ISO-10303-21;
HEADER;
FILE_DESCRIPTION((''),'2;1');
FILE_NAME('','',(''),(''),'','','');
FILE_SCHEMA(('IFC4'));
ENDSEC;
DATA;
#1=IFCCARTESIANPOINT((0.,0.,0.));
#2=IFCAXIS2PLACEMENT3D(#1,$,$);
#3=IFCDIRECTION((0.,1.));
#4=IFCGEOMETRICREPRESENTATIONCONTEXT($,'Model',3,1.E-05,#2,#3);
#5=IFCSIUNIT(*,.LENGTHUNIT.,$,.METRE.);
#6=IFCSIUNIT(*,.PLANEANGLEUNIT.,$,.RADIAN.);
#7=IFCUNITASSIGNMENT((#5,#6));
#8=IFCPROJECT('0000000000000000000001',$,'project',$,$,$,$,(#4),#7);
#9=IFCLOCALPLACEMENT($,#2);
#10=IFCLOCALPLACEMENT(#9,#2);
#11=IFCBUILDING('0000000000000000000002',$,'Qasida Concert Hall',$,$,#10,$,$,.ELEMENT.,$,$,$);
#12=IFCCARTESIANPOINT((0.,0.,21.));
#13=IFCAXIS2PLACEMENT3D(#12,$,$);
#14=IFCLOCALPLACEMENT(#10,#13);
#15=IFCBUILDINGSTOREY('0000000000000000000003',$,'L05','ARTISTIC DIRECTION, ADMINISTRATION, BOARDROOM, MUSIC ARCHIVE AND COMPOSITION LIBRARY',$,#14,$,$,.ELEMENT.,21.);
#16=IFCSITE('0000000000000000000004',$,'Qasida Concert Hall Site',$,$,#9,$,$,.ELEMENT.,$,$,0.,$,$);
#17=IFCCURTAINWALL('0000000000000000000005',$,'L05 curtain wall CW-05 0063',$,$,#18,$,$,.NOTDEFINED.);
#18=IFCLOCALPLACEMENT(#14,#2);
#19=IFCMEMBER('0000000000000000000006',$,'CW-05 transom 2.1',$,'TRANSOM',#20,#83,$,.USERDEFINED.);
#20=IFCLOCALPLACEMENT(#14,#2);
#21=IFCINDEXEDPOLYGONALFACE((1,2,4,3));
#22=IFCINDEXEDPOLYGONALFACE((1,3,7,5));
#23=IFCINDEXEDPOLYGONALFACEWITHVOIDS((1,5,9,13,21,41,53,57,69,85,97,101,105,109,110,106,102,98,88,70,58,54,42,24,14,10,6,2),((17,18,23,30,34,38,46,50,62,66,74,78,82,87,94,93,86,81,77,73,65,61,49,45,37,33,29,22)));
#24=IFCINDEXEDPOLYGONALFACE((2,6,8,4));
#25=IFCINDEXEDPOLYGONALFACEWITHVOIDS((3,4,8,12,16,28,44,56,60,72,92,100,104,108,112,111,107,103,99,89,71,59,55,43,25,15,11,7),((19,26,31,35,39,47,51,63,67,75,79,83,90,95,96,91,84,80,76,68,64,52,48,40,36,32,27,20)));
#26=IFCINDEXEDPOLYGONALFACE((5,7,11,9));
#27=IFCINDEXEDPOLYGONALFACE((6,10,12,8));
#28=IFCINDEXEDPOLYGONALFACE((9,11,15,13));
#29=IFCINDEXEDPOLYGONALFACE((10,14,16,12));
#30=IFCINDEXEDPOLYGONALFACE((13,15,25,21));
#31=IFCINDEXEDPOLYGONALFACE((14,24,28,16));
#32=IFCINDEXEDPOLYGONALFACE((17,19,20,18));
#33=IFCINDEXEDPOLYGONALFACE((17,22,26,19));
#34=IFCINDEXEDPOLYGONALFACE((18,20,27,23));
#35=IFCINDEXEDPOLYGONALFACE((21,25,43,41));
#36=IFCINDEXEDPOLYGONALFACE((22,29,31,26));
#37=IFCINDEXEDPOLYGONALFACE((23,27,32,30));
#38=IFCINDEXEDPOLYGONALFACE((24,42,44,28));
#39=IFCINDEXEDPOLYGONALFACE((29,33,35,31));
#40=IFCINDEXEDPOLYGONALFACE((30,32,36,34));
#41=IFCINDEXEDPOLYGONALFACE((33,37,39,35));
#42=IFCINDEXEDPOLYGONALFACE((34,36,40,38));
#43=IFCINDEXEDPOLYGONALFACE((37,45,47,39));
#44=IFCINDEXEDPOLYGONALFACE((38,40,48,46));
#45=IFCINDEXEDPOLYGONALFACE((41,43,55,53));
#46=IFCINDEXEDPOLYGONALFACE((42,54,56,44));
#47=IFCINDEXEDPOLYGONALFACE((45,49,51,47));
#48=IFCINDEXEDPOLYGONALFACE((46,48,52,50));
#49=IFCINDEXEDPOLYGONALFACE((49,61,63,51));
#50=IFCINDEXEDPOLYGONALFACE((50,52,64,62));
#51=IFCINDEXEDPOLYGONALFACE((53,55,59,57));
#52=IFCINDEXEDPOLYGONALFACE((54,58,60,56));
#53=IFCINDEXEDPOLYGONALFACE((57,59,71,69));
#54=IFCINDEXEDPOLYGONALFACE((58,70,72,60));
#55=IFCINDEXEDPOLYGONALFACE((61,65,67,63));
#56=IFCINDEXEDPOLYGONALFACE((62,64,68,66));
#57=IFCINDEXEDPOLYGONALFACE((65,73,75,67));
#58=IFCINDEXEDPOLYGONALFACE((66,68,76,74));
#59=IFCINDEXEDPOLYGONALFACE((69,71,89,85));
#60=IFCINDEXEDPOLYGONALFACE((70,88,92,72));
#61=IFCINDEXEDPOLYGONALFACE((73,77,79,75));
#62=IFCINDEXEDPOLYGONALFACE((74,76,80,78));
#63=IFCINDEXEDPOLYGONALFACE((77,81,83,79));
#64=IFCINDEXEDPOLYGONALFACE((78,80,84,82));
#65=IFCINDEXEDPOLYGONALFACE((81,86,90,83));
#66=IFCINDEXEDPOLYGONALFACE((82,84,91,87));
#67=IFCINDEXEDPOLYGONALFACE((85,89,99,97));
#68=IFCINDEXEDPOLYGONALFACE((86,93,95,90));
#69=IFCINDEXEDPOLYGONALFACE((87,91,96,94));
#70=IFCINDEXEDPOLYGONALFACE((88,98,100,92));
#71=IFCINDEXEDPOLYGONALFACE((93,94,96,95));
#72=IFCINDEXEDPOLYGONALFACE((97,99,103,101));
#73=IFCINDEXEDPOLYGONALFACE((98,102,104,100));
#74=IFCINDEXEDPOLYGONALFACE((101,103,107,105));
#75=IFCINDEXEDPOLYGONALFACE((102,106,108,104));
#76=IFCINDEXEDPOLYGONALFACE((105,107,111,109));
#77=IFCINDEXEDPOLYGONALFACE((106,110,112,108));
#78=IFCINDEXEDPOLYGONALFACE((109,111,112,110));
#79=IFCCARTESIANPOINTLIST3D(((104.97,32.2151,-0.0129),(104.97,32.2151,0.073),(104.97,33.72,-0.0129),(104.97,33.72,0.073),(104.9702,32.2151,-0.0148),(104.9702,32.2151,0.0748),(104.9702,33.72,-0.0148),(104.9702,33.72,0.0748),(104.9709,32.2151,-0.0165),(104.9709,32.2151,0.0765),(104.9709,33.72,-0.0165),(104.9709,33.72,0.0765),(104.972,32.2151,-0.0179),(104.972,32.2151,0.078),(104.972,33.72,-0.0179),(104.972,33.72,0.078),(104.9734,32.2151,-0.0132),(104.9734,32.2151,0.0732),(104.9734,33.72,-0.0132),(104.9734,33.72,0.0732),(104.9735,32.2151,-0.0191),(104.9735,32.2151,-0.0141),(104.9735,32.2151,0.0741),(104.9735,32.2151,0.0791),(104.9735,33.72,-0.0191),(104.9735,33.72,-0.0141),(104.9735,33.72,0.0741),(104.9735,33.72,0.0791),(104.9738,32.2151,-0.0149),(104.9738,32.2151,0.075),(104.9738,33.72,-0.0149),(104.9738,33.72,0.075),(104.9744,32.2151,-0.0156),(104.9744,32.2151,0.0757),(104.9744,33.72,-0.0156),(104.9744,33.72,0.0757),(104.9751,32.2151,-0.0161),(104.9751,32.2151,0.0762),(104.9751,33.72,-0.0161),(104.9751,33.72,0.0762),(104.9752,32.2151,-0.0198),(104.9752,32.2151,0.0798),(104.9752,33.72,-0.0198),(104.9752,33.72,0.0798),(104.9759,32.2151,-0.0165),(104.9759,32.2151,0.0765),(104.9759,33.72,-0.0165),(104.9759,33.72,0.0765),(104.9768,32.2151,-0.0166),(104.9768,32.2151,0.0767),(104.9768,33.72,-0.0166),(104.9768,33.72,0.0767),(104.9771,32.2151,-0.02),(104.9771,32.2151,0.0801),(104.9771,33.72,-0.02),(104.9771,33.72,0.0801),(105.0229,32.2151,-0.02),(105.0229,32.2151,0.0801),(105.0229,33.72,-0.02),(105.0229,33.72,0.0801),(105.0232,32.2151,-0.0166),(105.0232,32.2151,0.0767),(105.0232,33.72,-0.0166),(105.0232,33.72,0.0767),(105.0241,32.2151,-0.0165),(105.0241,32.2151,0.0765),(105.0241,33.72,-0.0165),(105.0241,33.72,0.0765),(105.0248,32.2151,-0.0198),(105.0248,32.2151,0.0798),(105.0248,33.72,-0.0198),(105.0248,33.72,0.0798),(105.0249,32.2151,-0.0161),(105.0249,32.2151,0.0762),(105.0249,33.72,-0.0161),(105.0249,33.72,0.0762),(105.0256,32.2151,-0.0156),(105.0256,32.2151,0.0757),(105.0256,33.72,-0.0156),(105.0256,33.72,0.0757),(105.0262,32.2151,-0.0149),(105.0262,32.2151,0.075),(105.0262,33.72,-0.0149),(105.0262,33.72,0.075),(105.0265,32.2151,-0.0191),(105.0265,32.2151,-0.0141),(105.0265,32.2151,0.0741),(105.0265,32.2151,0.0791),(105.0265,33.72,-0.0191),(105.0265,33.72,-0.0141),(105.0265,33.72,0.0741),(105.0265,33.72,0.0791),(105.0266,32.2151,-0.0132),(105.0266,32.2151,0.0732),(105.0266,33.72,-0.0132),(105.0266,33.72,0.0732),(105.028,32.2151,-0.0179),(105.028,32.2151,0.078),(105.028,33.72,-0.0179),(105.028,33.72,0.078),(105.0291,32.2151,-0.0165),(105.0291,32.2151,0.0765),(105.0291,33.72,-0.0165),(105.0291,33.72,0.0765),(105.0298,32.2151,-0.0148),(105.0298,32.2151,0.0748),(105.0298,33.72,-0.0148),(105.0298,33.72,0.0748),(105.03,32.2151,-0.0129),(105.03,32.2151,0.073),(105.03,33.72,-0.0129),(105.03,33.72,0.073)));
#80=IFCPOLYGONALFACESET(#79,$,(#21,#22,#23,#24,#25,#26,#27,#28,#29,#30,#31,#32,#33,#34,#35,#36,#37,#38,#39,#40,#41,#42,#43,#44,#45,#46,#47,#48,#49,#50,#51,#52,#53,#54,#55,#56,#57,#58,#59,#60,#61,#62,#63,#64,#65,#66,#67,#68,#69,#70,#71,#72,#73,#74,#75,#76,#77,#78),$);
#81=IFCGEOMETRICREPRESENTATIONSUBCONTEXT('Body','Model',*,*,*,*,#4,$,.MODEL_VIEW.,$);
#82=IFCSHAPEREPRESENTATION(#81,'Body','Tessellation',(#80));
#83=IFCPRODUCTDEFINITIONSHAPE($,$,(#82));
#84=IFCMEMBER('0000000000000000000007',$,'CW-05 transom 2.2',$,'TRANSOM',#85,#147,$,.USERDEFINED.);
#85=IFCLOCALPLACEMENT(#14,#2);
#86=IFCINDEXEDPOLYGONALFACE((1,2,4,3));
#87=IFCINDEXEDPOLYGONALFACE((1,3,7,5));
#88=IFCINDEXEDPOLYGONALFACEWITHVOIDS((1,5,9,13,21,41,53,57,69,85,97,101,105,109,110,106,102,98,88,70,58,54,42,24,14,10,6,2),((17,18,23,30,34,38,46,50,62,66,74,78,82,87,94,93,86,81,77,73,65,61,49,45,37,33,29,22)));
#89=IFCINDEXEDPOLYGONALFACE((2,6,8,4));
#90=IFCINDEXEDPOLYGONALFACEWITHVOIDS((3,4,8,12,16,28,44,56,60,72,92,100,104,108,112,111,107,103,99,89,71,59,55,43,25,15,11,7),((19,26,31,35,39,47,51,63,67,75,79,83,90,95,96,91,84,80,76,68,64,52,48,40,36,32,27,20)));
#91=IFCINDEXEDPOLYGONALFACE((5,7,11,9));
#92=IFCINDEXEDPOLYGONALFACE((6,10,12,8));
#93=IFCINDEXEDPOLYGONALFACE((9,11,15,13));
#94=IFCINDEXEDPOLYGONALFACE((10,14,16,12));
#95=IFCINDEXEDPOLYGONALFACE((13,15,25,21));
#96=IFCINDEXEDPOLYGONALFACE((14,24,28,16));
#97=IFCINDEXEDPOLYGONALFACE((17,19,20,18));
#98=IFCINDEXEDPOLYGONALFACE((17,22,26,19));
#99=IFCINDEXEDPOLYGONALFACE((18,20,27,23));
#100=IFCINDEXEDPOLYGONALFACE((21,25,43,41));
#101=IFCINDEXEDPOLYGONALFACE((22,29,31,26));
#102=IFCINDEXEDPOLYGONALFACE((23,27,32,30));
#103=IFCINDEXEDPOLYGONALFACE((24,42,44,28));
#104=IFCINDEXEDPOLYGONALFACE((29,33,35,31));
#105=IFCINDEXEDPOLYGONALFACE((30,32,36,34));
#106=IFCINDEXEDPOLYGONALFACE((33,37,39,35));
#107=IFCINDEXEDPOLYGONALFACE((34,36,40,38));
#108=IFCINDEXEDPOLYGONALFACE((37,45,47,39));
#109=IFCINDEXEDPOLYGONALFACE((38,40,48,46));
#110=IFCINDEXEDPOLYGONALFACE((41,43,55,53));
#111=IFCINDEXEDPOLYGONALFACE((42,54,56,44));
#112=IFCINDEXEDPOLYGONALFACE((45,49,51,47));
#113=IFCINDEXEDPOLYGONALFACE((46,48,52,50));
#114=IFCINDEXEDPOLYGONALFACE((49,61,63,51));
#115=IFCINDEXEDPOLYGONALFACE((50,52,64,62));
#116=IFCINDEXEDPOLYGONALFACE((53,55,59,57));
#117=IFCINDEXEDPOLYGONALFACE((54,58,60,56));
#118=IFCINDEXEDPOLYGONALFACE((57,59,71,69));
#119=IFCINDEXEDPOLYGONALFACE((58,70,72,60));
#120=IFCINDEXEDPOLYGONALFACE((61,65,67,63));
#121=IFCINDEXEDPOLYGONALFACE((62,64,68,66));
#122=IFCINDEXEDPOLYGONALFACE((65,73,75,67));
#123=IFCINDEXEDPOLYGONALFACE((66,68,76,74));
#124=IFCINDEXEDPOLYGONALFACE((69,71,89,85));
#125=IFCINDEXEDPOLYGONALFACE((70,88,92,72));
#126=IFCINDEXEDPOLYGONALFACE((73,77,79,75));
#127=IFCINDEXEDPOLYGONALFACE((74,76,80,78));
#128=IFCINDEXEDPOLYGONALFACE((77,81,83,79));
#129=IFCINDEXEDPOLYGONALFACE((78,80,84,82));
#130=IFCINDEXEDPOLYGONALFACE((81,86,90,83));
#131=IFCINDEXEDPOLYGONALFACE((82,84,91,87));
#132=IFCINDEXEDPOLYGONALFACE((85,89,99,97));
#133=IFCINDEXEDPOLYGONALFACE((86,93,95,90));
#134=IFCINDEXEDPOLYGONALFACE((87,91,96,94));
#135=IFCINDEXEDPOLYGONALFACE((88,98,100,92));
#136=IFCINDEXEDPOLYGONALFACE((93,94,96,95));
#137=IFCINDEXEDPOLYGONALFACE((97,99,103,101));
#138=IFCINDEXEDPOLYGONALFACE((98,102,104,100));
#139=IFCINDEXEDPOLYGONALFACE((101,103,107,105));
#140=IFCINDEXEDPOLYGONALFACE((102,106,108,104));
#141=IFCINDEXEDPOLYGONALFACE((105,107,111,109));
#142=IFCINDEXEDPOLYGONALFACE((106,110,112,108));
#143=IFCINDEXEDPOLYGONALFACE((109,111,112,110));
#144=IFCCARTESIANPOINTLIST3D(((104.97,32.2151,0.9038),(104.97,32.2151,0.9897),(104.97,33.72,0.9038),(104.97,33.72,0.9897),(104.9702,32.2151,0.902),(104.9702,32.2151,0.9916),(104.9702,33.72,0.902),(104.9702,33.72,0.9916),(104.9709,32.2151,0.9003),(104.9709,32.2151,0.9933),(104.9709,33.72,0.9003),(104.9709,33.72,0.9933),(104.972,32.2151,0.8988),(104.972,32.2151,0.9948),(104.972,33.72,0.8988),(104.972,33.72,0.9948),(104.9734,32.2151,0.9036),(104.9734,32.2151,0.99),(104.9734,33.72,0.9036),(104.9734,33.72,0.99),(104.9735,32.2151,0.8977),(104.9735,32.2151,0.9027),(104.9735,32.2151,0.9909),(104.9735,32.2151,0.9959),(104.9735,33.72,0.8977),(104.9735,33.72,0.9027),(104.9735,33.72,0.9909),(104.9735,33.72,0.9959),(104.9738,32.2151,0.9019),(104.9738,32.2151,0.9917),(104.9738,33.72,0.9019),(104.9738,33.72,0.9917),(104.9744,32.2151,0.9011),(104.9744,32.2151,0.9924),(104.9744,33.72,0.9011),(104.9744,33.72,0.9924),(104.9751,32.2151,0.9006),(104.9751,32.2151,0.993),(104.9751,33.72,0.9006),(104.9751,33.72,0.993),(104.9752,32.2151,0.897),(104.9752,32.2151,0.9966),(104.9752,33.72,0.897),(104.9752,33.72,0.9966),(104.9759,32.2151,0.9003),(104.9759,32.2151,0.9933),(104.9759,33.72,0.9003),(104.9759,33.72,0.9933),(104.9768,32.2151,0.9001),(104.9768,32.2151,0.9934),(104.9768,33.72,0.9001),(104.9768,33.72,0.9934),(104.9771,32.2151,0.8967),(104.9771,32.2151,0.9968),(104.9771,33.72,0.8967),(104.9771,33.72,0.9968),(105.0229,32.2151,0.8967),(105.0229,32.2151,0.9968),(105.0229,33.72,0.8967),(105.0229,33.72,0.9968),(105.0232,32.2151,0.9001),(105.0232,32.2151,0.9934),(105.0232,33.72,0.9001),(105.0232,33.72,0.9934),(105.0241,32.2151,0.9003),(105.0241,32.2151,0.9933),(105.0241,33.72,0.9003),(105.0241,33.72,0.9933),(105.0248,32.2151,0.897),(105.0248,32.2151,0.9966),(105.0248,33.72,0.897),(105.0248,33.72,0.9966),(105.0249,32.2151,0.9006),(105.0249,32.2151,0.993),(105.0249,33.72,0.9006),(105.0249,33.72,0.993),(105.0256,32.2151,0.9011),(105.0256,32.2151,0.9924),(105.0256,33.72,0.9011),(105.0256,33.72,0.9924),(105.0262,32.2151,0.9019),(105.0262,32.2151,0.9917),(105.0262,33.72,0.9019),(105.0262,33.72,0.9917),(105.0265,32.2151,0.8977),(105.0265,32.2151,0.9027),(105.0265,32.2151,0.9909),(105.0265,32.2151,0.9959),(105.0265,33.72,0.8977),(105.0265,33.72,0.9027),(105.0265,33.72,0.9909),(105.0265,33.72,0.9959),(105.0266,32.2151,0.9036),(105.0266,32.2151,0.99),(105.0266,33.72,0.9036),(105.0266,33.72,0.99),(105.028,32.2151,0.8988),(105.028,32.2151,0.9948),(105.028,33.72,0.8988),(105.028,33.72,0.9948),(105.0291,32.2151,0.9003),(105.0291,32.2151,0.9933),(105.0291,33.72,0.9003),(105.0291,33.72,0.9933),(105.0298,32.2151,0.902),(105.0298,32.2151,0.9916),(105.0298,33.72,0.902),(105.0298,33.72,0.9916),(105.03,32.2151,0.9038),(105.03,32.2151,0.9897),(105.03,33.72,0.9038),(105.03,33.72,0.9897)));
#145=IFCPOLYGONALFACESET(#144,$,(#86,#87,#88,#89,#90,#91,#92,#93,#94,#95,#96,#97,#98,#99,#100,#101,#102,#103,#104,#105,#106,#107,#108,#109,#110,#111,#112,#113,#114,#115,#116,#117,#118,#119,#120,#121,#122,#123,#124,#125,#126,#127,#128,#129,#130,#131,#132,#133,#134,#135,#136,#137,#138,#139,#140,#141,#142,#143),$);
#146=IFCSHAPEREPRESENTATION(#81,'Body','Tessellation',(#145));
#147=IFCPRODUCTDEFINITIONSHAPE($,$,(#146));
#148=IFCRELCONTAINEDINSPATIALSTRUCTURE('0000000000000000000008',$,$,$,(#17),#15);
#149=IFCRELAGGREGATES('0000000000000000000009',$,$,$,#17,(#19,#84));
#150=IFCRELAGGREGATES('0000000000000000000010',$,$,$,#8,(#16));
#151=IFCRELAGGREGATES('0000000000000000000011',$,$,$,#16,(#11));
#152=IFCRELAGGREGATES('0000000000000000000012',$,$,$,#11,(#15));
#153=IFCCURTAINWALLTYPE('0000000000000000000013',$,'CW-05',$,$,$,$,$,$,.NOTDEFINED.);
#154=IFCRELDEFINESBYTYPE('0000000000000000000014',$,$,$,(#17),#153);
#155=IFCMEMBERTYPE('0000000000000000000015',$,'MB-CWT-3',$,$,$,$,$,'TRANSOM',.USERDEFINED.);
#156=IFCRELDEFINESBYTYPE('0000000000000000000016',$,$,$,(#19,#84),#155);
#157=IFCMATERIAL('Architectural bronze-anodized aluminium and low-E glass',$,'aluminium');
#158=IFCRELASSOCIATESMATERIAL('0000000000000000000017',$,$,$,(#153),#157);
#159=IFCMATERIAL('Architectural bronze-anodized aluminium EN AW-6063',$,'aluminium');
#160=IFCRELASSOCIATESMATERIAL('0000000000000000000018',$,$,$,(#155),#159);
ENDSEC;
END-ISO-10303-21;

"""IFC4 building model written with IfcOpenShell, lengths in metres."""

from ifc_helpers import new_model, si_unit, direction, frame, origin, origin_2d, place, context, subcontext, project, spatial, hollow_rectangle, extrude, material, material_profile, profile_set, type_object, element, aggregate, save


model = new_model("IFC4")

# Units and contexts
model_context = context("Model", 3, precision=1e-05, world=origin(), true_north=direction((0.0, 1.0)))
body_context = subcontext(model_context, "Body", "Model", "MODEL_VIEW")
ifc_project = project(units=[si_unit("LENGTHUNIT", "METRE"), si_unit("PLANEANGLEUNIT", "RADIAN")], contexts=[model_context])

# Site, building, storey
site_placement = place(None, origin())
site = spatial("IfcSite", under=ifc_project, at=site_placement, Name="Qasida Concert Hall Site", CompositionType="ELEMENT", RefElevation=0.0)
building_placement = place(site_placement, origin())
building = spatial("IfcBuilding", under=site, at=building_placement, Name="Qasida Concert Hall", CompositionType="ELEMENT")
storey_placement = place(building_placement, frame((0.0, 0.0, 21.0)))
storey = spatial("IfcBuildingStorey", under=building, at=storey_placement, Name="L05", Description="ARTISTIC DIRECTION, ADMINISTRATION, BOARDROOM, MUSIC ARCHIVE AND COMPOSITION LIBRARY", CompositionType="ELEMENT", Elevation=21.0)

# Curtain wall, members
ifc_material_1 = material(Name="Architectural bronze-anodized aluminium and low-E glass", Category="aluminium")
curtain_wall_type = type_object("IfcCurtainWallType", Name="CW-05", PredefinedType="NOTDEFINED", material=ifc_material_1)
curtain_wall_placement = place(storey_placement, origin())
curtain_wall = element("IfcCurtainWall", 1, at=curtain_wall_placement, inside=storey, type_object=curtain_wall_type, Name="L05 curtain wall CW-05 0063", PredefinedType="NOTDEFINED")
ifc_material_2 = material(Name="Architectural bronze-anodized aluminium EN AW-6063", Category="aluminium")
ifc_material_profile_1 = material_profile(ifc_material_2, hollow_rectangle(XDim=0.0601, YDim=0.1001, WallThickness=0.0034, InnerFilletRadius=0.0034, OuterFilletRadius=0.0071, at=origin_2d()), Name="CWT 100x60x3.5")
ifc_profile_set_1 = profile_set([ifc_material_profile_1], Name="Architectural bronze-anodized aluminium EN AW-6063")
member_type_1 = type_object("IfcMemberType", Name="MB-CWT-3", ElementType="TRANSOM", PredefinedType="USERDEFINED", material=ifc_profile_set_1)
member_1_placement = place(storey_placement, frame((105.0, 32.2151, 0.03), z_axis=(0.0, 1.0, 0.0), x_axis=(-1.0, 0.0, 0.0)))
member_1 = element("IfcMember", 2, at=member_1_placement, type_object=member_type_1, Name="CW-05 transom 2.1", ObjectType="TRANSOM", PredefinedType="USERDEFINED", context=body_context, shape_type="SweptSolid", body=[
    extrude(hollow_rectangle(XDim=0.0601, YDim=0.1001, WallThickness=0.0034, InnerFilletRadius=0.0034, OuterFilletRadius=0.0071, at=origin_2d()), origin(), (0.0, 0.0, 1.0), 1.5049),
])
member_2_placement = place(storey_placement, frame((105.0, 32.2151, 0.9468), z_axis=(0.0, 1.0, 0.0), x_axis=(-1.0, 0.0, 0.0)))
member_2 = element("IfcMember", 3, at=member_2_placement, type_object=member_type_1, Name="CW-05 transom 2.2", ObjectType="TRANSOM", PredefinedType="USERDEFINED", context=body_context, shape_type="SweptSolid", body=[
    extrude(hollow_rectangle(XDim=0.0601, YDim=0.1001, WallThickness=0.0034, InnerFilletRadius=0.0034, OuterFilletRadius=0.0071, at=origin_2d()), origin(), (0.0, 0.0, 1.0), 1.5049),
])
aggregate(curtain_wall, [member_1, member_2])

save(model, "model.ifc")
